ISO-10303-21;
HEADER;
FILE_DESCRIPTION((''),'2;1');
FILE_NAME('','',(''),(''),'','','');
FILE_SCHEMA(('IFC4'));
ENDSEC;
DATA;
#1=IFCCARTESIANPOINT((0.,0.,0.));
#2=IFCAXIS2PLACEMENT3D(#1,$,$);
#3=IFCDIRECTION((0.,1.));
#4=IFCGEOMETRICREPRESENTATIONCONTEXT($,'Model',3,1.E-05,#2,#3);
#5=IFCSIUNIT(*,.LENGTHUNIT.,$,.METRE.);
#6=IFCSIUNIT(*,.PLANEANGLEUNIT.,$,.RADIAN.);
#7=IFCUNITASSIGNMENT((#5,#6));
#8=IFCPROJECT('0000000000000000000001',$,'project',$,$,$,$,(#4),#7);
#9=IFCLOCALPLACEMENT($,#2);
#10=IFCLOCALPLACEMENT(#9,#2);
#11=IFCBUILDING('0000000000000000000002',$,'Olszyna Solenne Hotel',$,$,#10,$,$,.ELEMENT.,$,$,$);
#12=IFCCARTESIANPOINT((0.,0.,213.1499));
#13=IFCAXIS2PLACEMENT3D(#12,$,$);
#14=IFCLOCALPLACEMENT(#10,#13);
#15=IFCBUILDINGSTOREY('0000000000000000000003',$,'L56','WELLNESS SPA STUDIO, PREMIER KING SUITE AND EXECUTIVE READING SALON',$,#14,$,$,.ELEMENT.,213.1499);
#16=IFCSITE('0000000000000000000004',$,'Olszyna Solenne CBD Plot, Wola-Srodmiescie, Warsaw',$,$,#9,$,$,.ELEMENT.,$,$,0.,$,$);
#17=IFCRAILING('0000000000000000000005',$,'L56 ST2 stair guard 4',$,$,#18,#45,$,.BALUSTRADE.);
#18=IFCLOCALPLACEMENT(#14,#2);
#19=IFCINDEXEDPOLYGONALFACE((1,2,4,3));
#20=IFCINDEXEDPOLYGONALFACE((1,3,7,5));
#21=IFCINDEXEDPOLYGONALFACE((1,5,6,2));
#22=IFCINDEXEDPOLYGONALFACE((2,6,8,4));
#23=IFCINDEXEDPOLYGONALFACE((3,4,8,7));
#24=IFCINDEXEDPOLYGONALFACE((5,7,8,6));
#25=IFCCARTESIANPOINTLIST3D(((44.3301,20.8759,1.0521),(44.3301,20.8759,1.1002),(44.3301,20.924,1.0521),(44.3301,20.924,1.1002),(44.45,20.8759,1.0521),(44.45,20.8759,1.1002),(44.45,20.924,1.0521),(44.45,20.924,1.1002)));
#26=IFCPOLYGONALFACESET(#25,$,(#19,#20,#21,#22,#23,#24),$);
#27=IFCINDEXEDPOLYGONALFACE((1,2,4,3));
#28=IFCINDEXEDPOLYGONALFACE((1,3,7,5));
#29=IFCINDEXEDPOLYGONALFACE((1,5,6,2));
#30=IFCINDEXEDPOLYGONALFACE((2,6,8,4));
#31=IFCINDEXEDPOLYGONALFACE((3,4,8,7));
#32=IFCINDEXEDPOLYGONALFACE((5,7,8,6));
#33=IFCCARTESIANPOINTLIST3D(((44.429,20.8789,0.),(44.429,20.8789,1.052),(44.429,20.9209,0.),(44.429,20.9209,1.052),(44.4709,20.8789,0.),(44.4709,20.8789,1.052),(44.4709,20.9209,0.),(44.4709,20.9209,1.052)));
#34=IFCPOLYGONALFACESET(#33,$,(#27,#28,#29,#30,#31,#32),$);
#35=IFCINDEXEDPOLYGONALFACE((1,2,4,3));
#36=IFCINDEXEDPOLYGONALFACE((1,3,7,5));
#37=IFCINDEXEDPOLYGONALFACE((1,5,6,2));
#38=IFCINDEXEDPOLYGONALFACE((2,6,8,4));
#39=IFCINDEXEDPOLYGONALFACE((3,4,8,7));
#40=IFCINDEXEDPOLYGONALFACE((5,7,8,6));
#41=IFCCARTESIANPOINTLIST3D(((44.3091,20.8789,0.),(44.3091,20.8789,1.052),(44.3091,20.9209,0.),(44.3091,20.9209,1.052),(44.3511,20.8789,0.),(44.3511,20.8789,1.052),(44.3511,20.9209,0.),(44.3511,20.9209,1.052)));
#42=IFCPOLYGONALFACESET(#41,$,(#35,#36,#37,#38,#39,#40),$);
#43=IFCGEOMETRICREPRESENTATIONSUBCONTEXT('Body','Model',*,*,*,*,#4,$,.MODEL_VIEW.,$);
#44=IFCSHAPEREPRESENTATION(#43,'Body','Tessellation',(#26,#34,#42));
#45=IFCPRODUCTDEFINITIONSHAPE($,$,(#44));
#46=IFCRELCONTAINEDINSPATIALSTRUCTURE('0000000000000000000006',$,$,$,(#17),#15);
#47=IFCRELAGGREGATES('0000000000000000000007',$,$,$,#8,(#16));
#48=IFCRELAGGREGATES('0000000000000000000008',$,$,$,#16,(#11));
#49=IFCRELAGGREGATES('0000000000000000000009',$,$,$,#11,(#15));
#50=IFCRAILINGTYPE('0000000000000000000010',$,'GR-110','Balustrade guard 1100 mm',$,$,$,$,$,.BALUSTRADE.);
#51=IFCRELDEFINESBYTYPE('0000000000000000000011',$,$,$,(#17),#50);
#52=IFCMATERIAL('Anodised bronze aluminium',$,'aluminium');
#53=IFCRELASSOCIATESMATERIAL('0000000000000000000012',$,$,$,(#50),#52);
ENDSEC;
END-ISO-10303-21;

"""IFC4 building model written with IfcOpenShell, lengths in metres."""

from ifc_helpers import new_model, si_unit, direction, frame, origin, origin_2d, place, context, subcontext, project, spatial, rectangle, extrude, material, type_object, element, save


model = new_model("IFC4")

# Units and contexts
model_context = context("Model", 3, precision=1e-05, world=origin(), true_north=direction((0.0, 1.0)))
body_context = subcontext(model_context, "Body", "Model", "MODEL_VIEW")
ifc_project = project(units=[si_unit("LENGTHUNIT", "METRE"), si_unit("PLANEANGLEUNIT", "RADIAN")], contexts=[model_context])

# Site, building, storey
site_placement = place(None, origin())
site = spatial("IfcSite", under=ifc_project, at=site_placement, Name="Olszyna Solenne CBD Plot, Wola-Srodmiescie, Warsaw", CompositionType="ELEMENT", RefElevation=0.0)
building_placement = place(site_placement, origin())
building = spatial("IfcBuilding", under=site, at=building_placement, Name="Olszyna Solenne Hotel", CompositionType="ELEMENT")
storey_placement = place(building_placement, frame((0.0, 0.0, 213.1499)))
storey = spatial("IfcBuildingStorey", under=building, at=storey_placement, Name="L56", Description="WELLNESS SPA STUDIO, PREMIER KING SUITE AND EXECUTIVE READING SALON", CompositionType="ELEMENT", Elevation=213.1499)

# Shared definitions
ifc_material_1 = material(Name="Anodised bronze aluminium", Category="aluminium")

# Railing
railing_type = type_object("IfcRailingType", Name="GR-110", Description="Balustrade guard 1100 mm", PredefinedType="BALUSTRADE", material=ifc_material_1)
railing_1_placement = place(storey_placement, frame((44.45, 20.8999, 0.0)))
element("IfcRailing", 1, at=railing_1_placement, inside=storey, type_object=railing_type, Name="L56 ST2 stair guard 4", PredefinedType="BALUSTRADE", context=body_context, shape_type="SweptSolid", body=[
    extrude(rectangle(XDim=0.0481, YDim=0.0481, at=origin_2d()), frame((0.0, 0.0, 1.0762), z_axis=(-1.0, 0.0, 0.0), x_axis=(0.0, -1.0, 0.0)), (0.0, 0.0, 1.0), 0.1199),
    extrude(rectangle(XDim=0.042, YDim=0.042, at=origin_2d()), origin(), (0.0, 0.0, 1.0), 1.052),
    extrude(rectangle(XDim=0.042, YDim=0.042, at=origin_2d()), frame((-0.1199, 0.0, 0.0)), (0.0, 0.0, 1.0), 1.052),
])

save(model, "model.ifc")
